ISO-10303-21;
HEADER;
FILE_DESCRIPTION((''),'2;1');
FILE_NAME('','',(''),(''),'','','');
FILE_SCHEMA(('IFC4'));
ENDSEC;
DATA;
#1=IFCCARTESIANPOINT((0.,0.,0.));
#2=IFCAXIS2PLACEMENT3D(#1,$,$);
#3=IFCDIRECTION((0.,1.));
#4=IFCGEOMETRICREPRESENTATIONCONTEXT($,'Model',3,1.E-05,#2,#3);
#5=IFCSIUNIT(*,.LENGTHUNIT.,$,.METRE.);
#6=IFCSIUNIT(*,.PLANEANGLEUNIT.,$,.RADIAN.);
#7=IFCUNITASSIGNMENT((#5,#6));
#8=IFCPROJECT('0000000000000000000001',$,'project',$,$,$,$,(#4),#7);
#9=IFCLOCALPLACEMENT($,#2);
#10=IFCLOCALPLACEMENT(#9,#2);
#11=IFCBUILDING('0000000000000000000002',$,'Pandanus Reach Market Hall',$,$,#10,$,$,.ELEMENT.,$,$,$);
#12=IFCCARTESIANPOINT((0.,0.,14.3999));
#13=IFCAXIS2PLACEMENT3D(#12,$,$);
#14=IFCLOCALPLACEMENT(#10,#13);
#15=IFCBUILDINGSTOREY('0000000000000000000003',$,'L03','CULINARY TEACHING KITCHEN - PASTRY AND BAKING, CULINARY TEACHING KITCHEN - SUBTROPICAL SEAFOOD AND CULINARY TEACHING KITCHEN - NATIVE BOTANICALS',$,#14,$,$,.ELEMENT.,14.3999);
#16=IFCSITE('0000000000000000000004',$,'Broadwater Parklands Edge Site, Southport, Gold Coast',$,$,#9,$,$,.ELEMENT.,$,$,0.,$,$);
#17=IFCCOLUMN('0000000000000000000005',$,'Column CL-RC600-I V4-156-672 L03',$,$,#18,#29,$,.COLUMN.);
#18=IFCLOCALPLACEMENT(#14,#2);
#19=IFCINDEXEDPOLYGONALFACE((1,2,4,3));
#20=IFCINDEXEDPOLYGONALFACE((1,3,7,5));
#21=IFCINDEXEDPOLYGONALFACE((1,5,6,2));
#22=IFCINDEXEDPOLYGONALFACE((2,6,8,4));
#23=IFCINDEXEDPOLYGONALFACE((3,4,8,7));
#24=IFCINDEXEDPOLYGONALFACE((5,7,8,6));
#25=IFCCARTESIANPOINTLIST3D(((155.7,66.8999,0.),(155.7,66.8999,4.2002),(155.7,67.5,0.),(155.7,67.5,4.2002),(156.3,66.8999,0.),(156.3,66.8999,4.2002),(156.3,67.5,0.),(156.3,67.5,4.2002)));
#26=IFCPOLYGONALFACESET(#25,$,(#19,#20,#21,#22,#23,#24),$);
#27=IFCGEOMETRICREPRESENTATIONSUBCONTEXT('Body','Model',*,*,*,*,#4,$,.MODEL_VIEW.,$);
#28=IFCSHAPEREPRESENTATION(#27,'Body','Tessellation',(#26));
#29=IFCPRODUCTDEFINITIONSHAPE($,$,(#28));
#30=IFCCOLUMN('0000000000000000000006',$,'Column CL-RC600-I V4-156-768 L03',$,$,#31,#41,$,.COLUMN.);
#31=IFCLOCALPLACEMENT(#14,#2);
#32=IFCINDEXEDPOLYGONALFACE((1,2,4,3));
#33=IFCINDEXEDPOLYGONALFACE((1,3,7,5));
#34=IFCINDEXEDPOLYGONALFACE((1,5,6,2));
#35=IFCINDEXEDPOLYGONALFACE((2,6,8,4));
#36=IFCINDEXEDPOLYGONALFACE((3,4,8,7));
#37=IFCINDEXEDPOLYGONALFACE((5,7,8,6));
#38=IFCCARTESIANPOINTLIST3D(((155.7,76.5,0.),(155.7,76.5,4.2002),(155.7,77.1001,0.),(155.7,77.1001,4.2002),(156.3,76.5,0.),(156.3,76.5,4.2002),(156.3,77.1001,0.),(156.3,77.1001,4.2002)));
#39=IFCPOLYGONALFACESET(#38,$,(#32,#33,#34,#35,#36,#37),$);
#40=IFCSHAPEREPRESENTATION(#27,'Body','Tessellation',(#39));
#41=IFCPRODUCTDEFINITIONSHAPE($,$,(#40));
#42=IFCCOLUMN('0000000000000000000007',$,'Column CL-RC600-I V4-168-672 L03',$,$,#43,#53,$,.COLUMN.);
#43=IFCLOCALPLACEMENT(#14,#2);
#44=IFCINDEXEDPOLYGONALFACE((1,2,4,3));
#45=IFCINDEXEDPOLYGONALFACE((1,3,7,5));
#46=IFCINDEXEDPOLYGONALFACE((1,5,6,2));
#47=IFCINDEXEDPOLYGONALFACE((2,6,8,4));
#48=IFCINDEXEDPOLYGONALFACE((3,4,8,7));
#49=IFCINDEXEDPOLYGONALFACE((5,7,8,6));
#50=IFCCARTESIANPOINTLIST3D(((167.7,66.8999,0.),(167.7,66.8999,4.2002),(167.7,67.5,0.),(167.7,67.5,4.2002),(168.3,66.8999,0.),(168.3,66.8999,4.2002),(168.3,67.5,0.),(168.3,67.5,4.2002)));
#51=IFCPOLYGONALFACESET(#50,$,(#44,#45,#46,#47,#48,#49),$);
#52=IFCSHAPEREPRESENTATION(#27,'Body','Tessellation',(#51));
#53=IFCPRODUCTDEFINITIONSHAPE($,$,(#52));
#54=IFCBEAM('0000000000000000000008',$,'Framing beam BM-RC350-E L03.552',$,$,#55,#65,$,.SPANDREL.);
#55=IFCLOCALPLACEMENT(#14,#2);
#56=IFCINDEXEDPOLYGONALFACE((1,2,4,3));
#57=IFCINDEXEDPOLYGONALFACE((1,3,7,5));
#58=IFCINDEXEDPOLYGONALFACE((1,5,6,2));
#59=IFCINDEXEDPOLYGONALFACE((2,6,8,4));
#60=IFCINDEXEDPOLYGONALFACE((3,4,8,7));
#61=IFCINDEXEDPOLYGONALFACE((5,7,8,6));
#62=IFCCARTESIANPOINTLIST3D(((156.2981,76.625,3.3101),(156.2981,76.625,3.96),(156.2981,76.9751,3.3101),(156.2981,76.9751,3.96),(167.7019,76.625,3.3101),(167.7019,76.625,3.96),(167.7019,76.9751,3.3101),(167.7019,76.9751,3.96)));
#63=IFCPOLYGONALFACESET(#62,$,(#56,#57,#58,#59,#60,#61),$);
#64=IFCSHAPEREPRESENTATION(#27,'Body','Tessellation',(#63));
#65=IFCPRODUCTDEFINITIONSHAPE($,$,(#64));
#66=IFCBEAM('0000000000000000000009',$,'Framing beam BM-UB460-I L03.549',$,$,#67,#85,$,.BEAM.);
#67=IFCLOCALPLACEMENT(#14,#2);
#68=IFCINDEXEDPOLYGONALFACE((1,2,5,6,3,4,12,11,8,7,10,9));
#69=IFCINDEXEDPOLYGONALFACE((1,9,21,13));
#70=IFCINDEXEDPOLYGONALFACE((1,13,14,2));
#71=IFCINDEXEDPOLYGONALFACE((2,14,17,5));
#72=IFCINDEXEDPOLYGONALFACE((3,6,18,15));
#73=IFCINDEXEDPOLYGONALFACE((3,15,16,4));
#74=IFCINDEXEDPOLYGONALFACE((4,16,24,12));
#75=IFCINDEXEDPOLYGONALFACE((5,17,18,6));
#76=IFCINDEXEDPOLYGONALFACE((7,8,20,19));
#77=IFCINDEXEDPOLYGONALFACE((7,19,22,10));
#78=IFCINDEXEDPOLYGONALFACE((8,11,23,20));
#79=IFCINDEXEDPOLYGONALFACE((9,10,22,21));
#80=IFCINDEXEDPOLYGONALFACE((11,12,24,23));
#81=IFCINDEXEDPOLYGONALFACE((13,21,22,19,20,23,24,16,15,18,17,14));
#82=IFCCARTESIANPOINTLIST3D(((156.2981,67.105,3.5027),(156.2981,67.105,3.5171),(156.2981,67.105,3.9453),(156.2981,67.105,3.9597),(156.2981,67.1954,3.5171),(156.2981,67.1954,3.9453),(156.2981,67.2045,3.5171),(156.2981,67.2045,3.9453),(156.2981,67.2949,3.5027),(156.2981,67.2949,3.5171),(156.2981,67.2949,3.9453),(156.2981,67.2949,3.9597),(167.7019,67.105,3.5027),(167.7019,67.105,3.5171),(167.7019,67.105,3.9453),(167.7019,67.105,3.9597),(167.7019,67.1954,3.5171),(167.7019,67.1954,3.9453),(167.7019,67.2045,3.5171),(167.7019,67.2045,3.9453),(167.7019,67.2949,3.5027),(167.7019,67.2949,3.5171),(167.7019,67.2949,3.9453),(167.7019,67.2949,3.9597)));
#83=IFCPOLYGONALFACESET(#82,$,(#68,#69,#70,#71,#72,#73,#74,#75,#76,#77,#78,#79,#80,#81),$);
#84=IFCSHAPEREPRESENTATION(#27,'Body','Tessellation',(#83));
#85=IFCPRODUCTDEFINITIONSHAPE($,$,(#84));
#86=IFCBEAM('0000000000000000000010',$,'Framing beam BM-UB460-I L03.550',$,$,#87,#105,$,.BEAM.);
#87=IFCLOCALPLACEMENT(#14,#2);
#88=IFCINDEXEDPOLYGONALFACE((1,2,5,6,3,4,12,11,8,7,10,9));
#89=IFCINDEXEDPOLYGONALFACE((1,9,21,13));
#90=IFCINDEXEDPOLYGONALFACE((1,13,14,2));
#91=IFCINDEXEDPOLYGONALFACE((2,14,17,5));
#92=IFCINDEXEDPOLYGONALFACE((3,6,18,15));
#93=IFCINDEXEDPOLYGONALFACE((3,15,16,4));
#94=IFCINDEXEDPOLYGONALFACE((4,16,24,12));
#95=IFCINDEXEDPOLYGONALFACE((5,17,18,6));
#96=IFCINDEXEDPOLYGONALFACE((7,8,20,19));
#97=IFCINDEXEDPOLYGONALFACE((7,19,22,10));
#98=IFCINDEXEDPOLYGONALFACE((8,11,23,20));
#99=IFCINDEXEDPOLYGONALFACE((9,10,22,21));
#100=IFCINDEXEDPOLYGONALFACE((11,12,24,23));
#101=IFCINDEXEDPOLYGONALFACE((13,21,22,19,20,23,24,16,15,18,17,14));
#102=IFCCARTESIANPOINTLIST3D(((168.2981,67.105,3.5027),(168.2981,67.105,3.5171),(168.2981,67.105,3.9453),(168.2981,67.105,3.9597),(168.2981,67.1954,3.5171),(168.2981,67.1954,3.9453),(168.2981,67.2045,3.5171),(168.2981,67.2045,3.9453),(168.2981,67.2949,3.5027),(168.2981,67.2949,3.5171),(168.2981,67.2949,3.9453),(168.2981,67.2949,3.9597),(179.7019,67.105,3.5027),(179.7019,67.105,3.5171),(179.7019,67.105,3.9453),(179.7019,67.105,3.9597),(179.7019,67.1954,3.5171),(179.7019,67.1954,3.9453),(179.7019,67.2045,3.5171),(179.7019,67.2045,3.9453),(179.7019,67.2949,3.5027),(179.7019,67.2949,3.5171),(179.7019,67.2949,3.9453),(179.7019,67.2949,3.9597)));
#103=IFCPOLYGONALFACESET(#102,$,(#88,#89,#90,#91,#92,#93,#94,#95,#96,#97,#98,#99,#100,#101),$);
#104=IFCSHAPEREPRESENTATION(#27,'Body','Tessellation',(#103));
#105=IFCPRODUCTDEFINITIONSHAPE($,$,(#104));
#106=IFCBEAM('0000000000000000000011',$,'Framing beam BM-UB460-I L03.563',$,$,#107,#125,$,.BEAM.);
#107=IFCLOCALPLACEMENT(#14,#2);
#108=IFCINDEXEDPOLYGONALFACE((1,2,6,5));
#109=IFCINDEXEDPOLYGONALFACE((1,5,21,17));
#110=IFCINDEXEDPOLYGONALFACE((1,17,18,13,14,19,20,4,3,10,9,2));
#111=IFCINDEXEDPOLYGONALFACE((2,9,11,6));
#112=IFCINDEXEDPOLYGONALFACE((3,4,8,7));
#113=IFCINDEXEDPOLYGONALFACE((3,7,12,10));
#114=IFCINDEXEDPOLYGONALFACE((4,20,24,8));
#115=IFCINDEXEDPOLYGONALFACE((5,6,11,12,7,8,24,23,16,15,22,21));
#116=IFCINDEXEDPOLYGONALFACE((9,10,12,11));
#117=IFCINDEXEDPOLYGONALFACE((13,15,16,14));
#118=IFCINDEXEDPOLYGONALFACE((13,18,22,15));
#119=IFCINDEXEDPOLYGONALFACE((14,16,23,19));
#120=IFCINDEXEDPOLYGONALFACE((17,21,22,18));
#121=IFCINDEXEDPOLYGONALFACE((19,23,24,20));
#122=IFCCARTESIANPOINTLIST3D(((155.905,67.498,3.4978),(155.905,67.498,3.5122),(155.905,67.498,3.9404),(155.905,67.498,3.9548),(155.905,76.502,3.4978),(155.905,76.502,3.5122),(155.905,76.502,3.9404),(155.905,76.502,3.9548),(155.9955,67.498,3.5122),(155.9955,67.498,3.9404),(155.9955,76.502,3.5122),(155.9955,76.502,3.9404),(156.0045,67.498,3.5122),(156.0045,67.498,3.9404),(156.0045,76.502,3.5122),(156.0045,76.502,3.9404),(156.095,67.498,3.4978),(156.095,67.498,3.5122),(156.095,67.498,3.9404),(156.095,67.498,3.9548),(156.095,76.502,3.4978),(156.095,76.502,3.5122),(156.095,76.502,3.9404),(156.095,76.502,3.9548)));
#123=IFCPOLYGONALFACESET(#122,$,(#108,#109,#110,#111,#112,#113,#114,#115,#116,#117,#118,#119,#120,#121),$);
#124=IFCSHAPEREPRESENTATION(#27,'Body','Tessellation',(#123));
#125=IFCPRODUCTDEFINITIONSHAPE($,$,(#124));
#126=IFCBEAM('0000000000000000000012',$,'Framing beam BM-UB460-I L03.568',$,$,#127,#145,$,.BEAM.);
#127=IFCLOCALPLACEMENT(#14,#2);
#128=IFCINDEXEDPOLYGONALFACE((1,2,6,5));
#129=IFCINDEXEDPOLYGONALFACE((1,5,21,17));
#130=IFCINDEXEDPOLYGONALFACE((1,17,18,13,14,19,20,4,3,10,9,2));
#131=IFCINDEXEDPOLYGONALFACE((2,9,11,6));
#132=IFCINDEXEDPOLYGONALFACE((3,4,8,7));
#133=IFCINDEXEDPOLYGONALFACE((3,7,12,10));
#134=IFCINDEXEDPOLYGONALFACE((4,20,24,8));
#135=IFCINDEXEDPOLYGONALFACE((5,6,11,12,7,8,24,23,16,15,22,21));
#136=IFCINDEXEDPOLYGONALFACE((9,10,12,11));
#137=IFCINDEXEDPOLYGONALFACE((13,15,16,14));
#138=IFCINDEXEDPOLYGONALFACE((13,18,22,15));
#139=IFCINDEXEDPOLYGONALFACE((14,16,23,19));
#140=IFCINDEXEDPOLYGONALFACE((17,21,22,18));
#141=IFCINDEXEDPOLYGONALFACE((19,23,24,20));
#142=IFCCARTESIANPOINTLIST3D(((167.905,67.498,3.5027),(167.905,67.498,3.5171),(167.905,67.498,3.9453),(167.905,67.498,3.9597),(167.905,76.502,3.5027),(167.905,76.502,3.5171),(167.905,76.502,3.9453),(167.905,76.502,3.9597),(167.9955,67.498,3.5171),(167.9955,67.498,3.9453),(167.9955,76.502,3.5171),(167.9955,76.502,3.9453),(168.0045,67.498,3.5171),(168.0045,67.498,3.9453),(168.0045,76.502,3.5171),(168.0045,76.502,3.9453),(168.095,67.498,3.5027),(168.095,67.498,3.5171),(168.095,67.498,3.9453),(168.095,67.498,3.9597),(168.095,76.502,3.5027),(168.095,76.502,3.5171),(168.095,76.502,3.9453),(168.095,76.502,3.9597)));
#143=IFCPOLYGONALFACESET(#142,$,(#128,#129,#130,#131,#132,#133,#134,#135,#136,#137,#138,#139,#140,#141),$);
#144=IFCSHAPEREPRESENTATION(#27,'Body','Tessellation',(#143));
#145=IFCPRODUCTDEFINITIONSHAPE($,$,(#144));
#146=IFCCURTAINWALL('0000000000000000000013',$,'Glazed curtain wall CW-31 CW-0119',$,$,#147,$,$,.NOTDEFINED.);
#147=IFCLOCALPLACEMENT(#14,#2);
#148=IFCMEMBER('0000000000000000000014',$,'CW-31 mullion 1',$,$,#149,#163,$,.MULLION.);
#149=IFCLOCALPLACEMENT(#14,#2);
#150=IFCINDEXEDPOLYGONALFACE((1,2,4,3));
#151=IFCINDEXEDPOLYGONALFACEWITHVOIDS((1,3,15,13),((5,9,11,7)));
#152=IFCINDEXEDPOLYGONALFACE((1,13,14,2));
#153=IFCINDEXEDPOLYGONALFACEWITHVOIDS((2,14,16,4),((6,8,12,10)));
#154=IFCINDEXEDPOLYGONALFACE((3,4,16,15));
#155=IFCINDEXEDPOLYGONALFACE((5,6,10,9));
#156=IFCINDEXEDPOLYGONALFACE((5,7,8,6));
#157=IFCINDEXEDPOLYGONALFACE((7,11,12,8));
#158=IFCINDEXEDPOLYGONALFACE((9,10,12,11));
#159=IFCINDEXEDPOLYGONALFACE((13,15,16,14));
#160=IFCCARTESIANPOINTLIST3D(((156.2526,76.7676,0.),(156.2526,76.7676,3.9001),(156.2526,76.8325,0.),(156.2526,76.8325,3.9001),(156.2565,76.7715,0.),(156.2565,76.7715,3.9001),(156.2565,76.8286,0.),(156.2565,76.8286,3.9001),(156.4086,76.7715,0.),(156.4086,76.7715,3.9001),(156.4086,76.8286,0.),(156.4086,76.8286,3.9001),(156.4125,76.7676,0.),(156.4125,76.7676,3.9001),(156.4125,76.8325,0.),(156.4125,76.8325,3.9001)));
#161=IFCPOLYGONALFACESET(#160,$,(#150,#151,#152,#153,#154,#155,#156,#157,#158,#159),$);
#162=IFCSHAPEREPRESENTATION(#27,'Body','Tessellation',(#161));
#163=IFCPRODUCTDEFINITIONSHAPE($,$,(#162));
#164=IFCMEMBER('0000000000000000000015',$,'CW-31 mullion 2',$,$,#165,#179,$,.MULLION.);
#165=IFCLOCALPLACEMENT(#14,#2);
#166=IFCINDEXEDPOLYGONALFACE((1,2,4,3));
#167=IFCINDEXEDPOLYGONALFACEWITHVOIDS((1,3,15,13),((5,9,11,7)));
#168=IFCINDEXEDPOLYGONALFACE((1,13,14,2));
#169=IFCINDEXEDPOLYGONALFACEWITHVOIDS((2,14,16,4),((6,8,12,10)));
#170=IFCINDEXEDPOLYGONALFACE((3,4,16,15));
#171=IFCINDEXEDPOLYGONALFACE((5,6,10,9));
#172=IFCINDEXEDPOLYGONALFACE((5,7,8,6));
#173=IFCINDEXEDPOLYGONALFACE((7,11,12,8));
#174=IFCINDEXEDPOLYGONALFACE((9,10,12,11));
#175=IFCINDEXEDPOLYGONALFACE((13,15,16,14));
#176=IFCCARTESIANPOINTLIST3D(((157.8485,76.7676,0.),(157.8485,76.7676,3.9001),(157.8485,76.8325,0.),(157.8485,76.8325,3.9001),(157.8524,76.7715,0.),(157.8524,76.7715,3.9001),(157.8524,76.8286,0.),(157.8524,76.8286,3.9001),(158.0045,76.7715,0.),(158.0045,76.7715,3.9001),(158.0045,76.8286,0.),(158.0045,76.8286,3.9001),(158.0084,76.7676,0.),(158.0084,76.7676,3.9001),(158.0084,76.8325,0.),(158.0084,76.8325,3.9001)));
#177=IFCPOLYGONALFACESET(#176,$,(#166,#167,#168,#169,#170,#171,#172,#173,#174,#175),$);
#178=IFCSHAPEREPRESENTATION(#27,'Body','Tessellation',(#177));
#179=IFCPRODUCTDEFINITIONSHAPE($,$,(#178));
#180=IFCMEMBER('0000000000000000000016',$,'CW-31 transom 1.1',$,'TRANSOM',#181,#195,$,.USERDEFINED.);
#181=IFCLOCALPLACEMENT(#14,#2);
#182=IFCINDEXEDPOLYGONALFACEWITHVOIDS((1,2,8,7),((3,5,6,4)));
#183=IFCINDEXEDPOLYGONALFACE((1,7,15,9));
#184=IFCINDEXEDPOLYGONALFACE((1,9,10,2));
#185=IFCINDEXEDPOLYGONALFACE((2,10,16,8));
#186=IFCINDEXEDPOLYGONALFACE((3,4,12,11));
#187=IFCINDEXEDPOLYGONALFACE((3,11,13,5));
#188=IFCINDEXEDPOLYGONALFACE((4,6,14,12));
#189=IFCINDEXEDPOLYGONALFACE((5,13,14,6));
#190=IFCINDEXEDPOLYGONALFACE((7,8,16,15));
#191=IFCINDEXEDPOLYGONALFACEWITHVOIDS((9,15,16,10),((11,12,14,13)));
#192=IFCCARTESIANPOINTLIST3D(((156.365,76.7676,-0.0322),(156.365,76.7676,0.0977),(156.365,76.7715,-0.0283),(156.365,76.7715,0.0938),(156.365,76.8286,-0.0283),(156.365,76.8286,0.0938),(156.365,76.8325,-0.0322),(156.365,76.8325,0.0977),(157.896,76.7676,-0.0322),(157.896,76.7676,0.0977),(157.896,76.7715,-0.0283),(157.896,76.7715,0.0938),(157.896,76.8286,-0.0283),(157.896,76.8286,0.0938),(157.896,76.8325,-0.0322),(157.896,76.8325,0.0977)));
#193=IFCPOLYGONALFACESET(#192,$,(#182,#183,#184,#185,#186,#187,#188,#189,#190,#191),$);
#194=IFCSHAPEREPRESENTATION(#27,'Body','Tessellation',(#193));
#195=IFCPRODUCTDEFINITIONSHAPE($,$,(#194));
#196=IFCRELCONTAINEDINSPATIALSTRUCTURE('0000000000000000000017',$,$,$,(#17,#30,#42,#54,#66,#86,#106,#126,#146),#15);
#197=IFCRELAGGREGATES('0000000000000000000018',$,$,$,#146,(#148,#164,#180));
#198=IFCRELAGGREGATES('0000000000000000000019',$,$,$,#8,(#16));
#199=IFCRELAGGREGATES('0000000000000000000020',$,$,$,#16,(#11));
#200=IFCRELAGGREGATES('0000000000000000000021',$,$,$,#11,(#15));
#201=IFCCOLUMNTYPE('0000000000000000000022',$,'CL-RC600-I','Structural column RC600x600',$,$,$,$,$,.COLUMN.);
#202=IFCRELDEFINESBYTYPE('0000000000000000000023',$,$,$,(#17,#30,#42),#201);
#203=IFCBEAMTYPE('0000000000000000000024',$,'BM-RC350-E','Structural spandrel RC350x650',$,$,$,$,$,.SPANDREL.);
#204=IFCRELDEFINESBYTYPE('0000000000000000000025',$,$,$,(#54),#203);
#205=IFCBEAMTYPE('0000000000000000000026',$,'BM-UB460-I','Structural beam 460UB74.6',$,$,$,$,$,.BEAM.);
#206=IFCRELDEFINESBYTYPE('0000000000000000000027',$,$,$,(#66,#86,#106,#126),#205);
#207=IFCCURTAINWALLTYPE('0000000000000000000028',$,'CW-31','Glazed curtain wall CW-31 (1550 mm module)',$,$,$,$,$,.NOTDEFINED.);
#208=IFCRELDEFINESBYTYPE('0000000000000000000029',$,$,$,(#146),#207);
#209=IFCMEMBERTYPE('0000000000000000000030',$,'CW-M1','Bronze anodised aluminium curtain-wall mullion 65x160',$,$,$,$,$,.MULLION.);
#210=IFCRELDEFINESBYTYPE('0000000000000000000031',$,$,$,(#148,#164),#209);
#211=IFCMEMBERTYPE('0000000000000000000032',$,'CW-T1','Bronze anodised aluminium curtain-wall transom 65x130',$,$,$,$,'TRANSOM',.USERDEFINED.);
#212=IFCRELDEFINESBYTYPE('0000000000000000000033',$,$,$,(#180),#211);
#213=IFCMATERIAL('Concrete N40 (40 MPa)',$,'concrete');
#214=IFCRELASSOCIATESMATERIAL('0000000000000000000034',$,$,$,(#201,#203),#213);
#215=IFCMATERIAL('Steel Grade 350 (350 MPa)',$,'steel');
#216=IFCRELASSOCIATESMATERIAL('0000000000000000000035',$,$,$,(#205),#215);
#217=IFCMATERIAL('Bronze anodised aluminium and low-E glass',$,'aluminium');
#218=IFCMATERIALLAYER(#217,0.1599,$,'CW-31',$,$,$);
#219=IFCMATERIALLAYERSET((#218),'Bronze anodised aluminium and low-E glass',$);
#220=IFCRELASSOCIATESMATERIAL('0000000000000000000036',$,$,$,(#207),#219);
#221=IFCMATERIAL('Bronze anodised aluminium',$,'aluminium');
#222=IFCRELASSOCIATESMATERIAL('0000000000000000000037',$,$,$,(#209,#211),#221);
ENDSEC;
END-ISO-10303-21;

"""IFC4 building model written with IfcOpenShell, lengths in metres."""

from ifc_helpers import new_model, si_unit, direction, frame, origin, origin_2d, place, context, subcontext, project, spatial, rectangle, hollow_rectangle, i_section, extrude, material, layer, layer_set, material_profile, profile_set, type_object, element, aggregate, save


model = new_model("IFC4")

# Units and contexts
model_context = context("Model", 3, precision=1e-05, world=origin(), true_north=direction((0.0, 1.0)))
body_context = subcontext(model_context, "Body", "Model", "MODEL_VIEW")
ifc_project = project(units=[si_unit("LENGTHUNIT", "METRE"), si_unit("PLANEANGLEUNIT", "RADIAN")], contexts=[model_context])

# Site, building, storey
site_placement = place(None, origin())
site = spatial("IfcSite", under=ifc_project, at=site_placement, Name="Broadwater Parklands Edge Site, Southport, Gold Coast", CompositionType="ELEMENT", RefElevation=0.0)
building_placement = place(site_placement, origin())
building = spatial("IfcBuilding", under=site, at=building_placement, Name="Pandanus Reach Market Hall", CompositionType="ELEMENT")
storey_placement = place(building_placement, frame((0.0, 0.0, 14.3999)))
storey = spatial("IfcBuildingStorey", under=building, at=storey_placement, Name="L03", Description="CULINARY TEACHING KITCHEN - PASTRY AND BAKING, CULINARY TEACHING KITCHEN - SUBTROPICAL SEAFOOD AND CULINARY TEACHING KITCHEN - NATIVE BOTANICALS", CompositionType="ELEMENT", Elevation=14.3999)

# Columns
ifc_material_1 = material(Name="Concrete N40 (40 MPa)", Category="concrete")
ifc_material_profile_1 = material_profile(ifc_material_1, rectangle(XDim=0.6001, YDim=0.6001, at=origin_2d()), Name="RC600x600", Category="LoadBearing")
ifc_profile_set_1 = profile_set([ifc_material_profile_1], Name="Concrete N40 (40 MPa)")
column_type = type_object("IfcColumnType", Name="CL-RC600-I", Description="Structural column RC600x600", PredefinedType="COLUMN", material=ifc_profile_set_1)
for number, where, z_axis, x_axis, name in (
    (1, (156.0, 67.2, 0.0), (0.0, 0.0, 1.0), (1.0, 0.0, 0.0), "Column CL-RC600-I V4-156-672 L03"),
    (2, (156.0, 76.8, 0.0), (0.0, 0.0, 1.0), (1.0, 0.0, 0.0), "Column CL-RC600-I V4-156-768 L03"),
    (3, (168.0, 67.2, 0.0), (0.0, 0.0, 1.0), (1.0, 0.0, 0.0), "Column CL-RC600-I V4-168-672 L03"),
):
    element("IfcColumn", number, at=place(storey_placement, frame(where, z_axis=z_axis, x_axis=x_axis)), inside=storey, type_object=column_type, Name=name, PredefinedType="COLUMN", context=body_context, shape_type="SweptSolid", body=[
        extrude(rectangle(XDim=0.6001, YDim=0.6001, at=origin_2d()), origin(), (0.0, 0.0, 1.0), 4.2002),
    ])

# Beams
ifc_material_profile_2 = material_profile(ifc_material_1, rectangle(XDim=0.3501, YDim=0.6499, at=origin_2d()), Name="RC350x650", Category="LoadBearing")
ifc_profile_set_2 = profile_set([ifc_material_profile_2], Name="Concrete N40 (40 MPa)")
beam_type_1 = type_object("IfcBeamType", Name="BM-RC350-E", Description="Structural spandrel RC350x650", PredefinedType="SPANDREL", material=ifc_profile_set_2)
beam_placement = place(storey_placement, frame((156.2981, 76.8, 3.635), z_axis=(1.0, 0.0, 0.0), x_axis=(0.0, 1.0, 0.0)))
element("IfcBeam", 4, at=beam_placement, inside=storey, type_object=beam_type_1, Name="Framing beam BM-RC350-E L03.552", PredefinedType="SPANDREL", context=body_context, shape_type="SweptSolid", body=[
    extrude(rectangle(XDim=0.3501, YDim=0.6499, at=origin_2d()), origin(), (0.0, 0.0, 1.0), 11.4038),
])
ifc_material_2 = material(Name="Steel Grade 350 (350 MPa)", Category="steel")
ifc_material_profile_3 = material_profile(ifc_material_2, i_section(OverallWidth=0.1899, OverallDepth=0.457, WebThickness=0.009, FlangeThickness=0.0144, at=origin_2d()), Name="460UB74.6", Category="LoadBearing")
ifc_profile_set_3 = profile_set([ifc_material_profile_3], Name="Steel Grade 350 (350 MPa)")
beam_type_2 = type_object("IfcBeamType", Name="BM-UB460-I", Description="Structural beam 460UB74.6", PredefinedType="BEAM", material=ifc_profile_set_3)
for number, where, z_axis, x_axis, name in (
    (5, (156.2981, 67.2, 3.7312), (1.0, 0.0, 0.0), (0.0, 1.0, 0.0), "Framing beam BM-UB460-I L03.549"),
    (6, (168.2981, 67.2, 3.7312), (1.0, 0.0, 0.0), (0.0, 1.0, 0.0), "Framing beam BM-UB460-I L03.550"),
):
    element("IfcBeam", number, at=place(storey_placement, frame(where, z_axis=z_axis, x_axis=x_axis)), inside=storey, type_object=beam_type_2, Name=name, PredefinedType="BEAM", context=body_context, shape_type="SweptSolid", body=[
        extrude(i_section(OverallWidth=0.1899, OverallDepth=0.457, WebThickness=0.009, FlangeThickness=0.0144, at=origin_2d()), origin(), (0.0, 0.0, 1.0), 11.4038),
    ])
for number, where, z_axis, x_axis, name in (
    (7, (156.0, 67.498, 3.7263), (0.0, 1.0, 0.0), (-1.0, 0.0, 0.0), "Framing beam BM-UB460-I L03.563"),
    (8, (168.0, 67.498, 3.7312), (0.0, 1.0, 0.0), (-1.0, 0.0, 0.0), "Framing beam BM-UB460-I L03.568"),
):
    element("IfcBeam", number, at=place(storey_placement, frame(where, z_axis=z_axis, x_axis=x_axis)), inside=storey, type_object=beam_type_2, Name=name, PredefinedType="BEAM", context=body_context, shape_type="SweptSolid", body=[
        extrude(i_section(OverallWidth=0.1899, OverallDepth=0.457, WebThickness=0.009, FlangeThickness=0.0144, at=origin_2d()), origin(), (0.0, 0.0, 1.0), 9.0039),
    ])

# Curtain wall, members
ifc_material_3 = material(Name="Bronze anodised aluminium and low-E glass", Category="aluminium")
ifc_layer_1 = layer(ifc_material_3, 0.1599, Name="CW-31")
ifc_layer_set_1 = layer_set([ifc_layer_1], Name="Bronze anodised aluminium and low-E glass")
curtain_wall_type = type_object("IfcCurtainWallType", Name="CW-31", Description="Glazed curtain wall CW-31 (1550 mm module)", PredefinedType="NOTDEFINED", material=ifc_layer_set_1)
curtain_wall_placement = place(storey_placement, origin())
curtain_wall = element("IfcCurtainWall", 9, at=curtain_wall_placement, inside=storey, type_object=curtain_wall_type, Name="Glazed curtain wall CW-31 CW-0119", PredefinedType="NOTDEFINED")
ifc_material_4 = material(Name="Bronze anodised aluminium", Category="aluminium")
ifc_material_profile_4 = material_profile(ifc_material_4, hollow_rectangle(XDim=0.0649, YDim=0.1599, WallThickness=0.0039, at=origin_2d()), Name="ALU65x160", Category="LoadBearing")
ifc_profile_set_4 = profile_set([ifc_material_profile_4], Name="Bronze anodised aluminium")
member_type_1 = type_object("IfcMemberType", Name="CW-M1", Description="Bronze anodised aluminium curtain-wall mullion 65x160", PredefinedType="MULLION", material=ifc_profile_set_4)
member_1_placement = place(storey_placement, frame((156.3325, 76.8, 0.0), z_axis=(0.0, 0.0, 1.0), x_axis=(0.0, 1.0, 0.0)))
member_1 = element("IfcMember", 10, at=member_1_placement, type_object=member_type_1, Name="CW-31 mullion 1", PredefinedType="MULLION", context=body_context, shape_type="SweptSolid", body=[
    extrude(hollow_rectangle(XDim=0.0649, YDim=0.1599, WallThickness=0.0039, at=origin_2d()), origin(), (0.0, 0.0, 1.0), 3.9001),
])
member_2_placement = place(storey_placement, frame((157.9285, 76.8, 0.0), z_axis=(0.0, 0.0, 1.0), x_axis=(0.0, 1.0, 0.0)))
member_2 = element("IfcMember", 11, at=member_2_placement, type_object=member_type_1, Name="CW-31 mullion 2", PredefinedType="MULLION", context=body_context, shape_type="SweptSolid", body=[
    extrude(hollow_rectangle(XDim=0.0649, YDim=0.1599, WallThickness=0.0039, at=origin_2d()), origin(), (0.0, 0.0, 1.0), 3.9001),
])
ifc_material_profile_5 = material_profile(ifc_material_4, hollow_rectangle(XDim=0.0649, YDim=0.1299, WallThickness=0.0039, at=origin_2d()), Name="ALU65x130", Category="LoadBearing")
ifc_profile_set_5 = profile_set([ifc_material_profile_5], Name="Bronze anodised aluminium")
member_type_2 = type_object("IfcMemberType", Name="CW-T1", Description="Bronze anodised aluminium curtain-wall transom 65x130", ElementType="TRANSOM", PredefinedType="USERDEFINED", material=ifc_profile_set_5)
member_3_placement = place(storey_placement, frame((156.365, 76.8, 0.0327), z_axis=(1.0, 0.0, 0.0), x_axis=(0.0, 1.0, 0.0)))
member_3 = element("IfcMember", 12, at=member_3_placement, type_object=member_type_2, Name="CW-31 transom 1.1", ObjectType="TRANSOM", PredefinedType="USERDEFINED", context=body_context, shape_type="SweptSolid", body=[
    extrude(hollow_rectangle(XDim=0.0649, YDim=0.1299, WallThickness=0.0039, at=origin_2d()), origin(), (0.0, 0.0, 1.0), 1.531),
])

aggregate(curtain_wall, [member_1, member_2, member_3])

save(model, "model.ifc")
